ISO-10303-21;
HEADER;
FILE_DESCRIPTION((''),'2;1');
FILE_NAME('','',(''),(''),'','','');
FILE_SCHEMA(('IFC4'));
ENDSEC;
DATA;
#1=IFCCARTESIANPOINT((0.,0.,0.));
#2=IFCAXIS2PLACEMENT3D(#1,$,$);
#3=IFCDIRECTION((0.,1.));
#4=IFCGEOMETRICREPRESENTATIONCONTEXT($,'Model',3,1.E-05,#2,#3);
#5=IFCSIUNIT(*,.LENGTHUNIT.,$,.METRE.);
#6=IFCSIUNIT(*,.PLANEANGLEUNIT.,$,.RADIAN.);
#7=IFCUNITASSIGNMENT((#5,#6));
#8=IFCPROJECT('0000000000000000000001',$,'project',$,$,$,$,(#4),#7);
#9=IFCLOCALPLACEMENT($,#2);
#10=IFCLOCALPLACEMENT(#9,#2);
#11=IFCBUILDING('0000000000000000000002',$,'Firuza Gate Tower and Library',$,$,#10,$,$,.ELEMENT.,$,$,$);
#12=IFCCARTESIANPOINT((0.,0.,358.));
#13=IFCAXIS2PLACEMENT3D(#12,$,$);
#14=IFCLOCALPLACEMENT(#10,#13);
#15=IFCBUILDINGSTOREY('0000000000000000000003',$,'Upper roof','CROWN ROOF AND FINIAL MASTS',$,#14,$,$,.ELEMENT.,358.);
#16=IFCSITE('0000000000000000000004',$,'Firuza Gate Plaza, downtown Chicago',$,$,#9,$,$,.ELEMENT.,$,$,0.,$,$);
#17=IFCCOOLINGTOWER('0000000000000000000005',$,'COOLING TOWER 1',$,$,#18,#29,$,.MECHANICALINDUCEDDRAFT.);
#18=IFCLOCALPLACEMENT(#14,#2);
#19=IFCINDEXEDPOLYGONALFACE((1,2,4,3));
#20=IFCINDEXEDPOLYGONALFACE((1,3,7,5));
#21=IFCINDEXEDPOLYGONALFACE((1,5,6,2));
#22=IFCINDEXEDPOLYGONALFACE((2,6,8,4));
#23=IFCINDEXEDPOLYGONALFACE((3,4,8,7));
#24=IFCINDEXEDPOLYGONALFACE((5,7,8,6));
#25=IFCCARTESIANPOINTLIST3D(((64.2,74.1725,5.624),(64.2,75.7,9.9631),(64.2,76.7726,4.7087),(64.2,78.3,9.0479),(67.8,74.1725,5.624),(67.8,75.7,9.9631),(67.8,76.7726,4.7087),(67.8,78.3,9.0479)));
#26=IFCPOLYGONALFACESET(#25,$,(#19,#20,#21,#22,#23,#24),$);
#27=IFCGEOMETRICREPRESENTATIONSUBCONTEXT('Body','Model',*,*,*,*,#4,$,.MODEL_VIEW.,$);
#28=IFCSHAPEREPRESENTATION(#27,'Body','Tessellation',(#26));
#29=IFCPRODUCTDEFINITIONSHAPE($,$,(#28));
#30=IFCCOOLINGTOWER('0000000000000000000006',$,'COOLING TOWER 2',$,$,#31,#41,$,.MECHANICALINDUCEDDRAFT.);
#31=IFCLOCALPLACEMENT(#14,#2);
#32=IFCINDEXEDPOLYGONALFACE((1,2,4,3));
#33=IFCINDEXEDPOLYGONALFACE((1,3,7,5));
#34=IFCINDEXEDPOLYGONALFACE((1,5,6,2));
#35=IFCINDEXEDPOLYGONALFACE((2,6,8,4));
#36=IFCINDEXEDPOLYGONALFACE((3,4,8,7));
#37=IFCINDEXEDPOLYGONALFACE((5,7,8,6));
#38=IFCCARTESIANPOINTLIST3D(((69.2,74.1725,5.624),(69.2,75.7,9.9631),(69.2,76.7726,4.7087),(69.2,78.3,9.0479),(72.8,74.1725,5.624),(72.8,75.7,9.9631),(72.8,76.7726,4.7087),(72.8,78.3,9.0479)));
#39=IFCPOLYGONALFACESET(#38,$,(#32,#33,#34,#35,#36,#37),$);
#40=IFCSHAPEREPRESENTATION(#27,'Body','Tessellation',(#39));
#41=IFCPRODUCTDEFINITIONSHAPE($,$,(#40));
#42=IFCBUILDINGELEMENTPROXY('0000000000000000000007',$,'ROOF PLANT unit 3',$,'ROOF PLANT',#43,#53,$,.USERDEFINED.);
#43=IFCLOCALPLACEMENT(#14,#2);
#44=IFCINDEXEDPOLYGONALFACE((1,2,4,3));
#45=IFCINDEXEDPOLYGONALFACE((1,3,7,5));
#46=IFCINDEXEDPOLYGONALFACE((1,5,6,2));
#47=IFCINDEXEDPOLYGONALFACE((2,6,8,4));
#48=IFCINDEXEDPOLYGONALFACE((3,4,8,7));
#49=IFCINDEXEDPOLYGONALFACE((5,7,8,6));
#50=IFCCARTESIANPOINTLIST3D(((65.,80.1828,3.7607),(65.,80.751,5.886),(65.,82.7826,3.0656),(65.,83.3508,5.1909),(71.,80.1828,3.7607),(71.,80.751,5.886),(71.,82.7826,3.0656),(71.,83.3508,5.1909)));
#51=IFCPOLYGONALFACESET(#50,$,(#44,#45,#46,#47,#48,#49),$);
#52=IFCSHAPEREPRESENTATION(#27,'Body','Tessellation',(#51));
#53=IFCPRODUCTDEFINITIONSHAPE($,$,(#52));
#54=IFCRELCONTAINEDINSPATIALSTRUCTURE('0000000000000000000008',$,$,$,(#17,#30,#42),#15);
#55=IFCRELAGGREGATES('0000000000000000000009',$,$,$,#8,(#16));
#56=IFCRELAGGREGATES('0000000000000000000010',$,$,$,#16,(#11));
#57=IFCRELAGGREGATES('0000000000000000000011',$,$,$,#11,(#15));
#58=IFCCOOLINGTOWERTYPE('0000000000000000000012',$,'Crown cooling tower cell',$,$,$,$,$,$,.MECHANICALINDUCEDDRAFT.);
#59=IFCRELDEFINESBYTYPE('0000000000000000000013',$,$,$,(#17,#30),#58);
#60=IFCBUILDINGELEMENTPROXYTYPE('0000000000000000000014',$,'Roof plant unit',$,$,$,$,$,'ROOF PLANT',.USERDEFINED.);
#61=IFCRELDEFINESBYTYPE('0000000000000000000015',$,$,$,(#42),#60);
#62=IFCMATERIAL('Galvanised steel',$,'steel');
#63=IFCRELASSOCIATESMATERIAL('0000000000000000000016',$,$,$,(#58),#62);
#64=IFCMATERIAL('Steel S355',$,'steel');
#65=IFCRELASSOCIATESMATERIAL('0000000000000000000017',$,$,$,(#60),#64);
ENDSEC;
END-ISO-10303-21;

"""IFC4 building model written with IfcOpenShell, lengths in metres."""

from ifc_helpers import new_model, si_unit, direction, frame, origin, place, context, subcontext, project, spatial, polyline, outline, extrude, material, type_object, element, save


model = new_model("IFC4")

# Units and contexts
model_context = context("Model", 3, precision=1e-05, world=origin(), true_north=direction((0.0, 1.0)))
body_context = subcontext(model_context, "Body", "Model", "MODEL_VIEW")
ifc_project = project(units=[si_unit("LENGTHUNIT", "METRE"), si_unit("PLANEANGLEUNIT", "RADIAN")], contexts=[model_context])

# Site, building, storey
site_placement = place(None, origin())
site = spatial("IfcSite", under=ifc_project, at=site_placement, Name="Firuza Gate Plaza, downtown Chicago", CompositionType="ELEMENT", RefElevation=0.0)
building_placement = place(site_placement, origin())
building = spatial("IfcBuilding", under=site, at=building_placement, Name="Firuza Gate Tower and Library", CompositionType="ELEMENT")
storey_placement = place(building_placement, frame((0.0, 0.0, 358.0)))
storey = spatial("IfcBuildingStorey", under=building, at=storey_placement, Name="Upper roof", Description="CROWN ROOF AND FINIAL MASTS", CompositionType="ELEMENT", Elevation=358.0)

# Cooling towers
ifc_material_1 = material(Name="Galvanised steel", Category="steel")
cooling_tower_type = type_object("IfcCoolingTowerType", Name="Crown cooling tower cell", PredefinedType="MECHANICALINDUCEDDRAFT", material=ifc_material_1)
for number, where, z_axis, x_axis, name in (
    (1, (64.2, 75.7, 9.9631), (0.0, 0.332046, 0.943263), (1.0, 0.0, 0.0), "COOLING TOWER 1"),
    (2, (69.2, 75.7, 9.9631), (0.0, 0.332046, 0.943263), (1.0, 0.0, 0.0), "COOLING TOWER 2"),
):
    element("IfcCoolingTower", number, at=place(storey_placement, frame(where, z_axis=z_axis, x_axis=x_axis)), inside=storey, type_object=cooling_tower_type, Name=name, PredefinedType="MECHANICALINDUCEDDRAFT", context=body_context, shape_type="SweptSolid", body=[
        extrude(outline(polyline([(0.0, 0.0), (3.6001, 0.0), (3.6001, 2.7565), (0.0, 2.7565), (0.0, 0.0)])), origin(), (0.0, 0.0, -1.0), 4.6001),
    ])

# Building element proxy
ifc_material_2 = material(Name="Steel S355", Category="steel")
building_element_proxy_type = type_object("IfcBuildingElementProxyType", Name="Roof plant unit", ElementType="ROOF PLANT", PredefinedType="USERDEFINED", material=ifc_material_2)
proxy_placement = place(storey_placement, frame((65.0, 80.751, 5.886), z_axis=(0.0, 0.258278, 0.966071), x_axis=(1.0, 0.0, 0.0)))
element("IfcBuildingElementProxy", 3, at=proxy_placement, inside=storey, type_object=building_element_proxy_type, Name="ROOF PLANT unit 3", ObjectType="ROOF PLANT", PredefinedType="USERDEFINED", context=body_context, shape_type="SweptSolid", body=[
    extrude(outline(polyline([(0.0, 0.0), (6.0, 0.0), (6.0, 2.6912), (0.0, 2.6912), (0.0, 0.0)])), origin(), (0.0, 0.0, -1.0), 2.2),
])

save(model, "model.ifc")
